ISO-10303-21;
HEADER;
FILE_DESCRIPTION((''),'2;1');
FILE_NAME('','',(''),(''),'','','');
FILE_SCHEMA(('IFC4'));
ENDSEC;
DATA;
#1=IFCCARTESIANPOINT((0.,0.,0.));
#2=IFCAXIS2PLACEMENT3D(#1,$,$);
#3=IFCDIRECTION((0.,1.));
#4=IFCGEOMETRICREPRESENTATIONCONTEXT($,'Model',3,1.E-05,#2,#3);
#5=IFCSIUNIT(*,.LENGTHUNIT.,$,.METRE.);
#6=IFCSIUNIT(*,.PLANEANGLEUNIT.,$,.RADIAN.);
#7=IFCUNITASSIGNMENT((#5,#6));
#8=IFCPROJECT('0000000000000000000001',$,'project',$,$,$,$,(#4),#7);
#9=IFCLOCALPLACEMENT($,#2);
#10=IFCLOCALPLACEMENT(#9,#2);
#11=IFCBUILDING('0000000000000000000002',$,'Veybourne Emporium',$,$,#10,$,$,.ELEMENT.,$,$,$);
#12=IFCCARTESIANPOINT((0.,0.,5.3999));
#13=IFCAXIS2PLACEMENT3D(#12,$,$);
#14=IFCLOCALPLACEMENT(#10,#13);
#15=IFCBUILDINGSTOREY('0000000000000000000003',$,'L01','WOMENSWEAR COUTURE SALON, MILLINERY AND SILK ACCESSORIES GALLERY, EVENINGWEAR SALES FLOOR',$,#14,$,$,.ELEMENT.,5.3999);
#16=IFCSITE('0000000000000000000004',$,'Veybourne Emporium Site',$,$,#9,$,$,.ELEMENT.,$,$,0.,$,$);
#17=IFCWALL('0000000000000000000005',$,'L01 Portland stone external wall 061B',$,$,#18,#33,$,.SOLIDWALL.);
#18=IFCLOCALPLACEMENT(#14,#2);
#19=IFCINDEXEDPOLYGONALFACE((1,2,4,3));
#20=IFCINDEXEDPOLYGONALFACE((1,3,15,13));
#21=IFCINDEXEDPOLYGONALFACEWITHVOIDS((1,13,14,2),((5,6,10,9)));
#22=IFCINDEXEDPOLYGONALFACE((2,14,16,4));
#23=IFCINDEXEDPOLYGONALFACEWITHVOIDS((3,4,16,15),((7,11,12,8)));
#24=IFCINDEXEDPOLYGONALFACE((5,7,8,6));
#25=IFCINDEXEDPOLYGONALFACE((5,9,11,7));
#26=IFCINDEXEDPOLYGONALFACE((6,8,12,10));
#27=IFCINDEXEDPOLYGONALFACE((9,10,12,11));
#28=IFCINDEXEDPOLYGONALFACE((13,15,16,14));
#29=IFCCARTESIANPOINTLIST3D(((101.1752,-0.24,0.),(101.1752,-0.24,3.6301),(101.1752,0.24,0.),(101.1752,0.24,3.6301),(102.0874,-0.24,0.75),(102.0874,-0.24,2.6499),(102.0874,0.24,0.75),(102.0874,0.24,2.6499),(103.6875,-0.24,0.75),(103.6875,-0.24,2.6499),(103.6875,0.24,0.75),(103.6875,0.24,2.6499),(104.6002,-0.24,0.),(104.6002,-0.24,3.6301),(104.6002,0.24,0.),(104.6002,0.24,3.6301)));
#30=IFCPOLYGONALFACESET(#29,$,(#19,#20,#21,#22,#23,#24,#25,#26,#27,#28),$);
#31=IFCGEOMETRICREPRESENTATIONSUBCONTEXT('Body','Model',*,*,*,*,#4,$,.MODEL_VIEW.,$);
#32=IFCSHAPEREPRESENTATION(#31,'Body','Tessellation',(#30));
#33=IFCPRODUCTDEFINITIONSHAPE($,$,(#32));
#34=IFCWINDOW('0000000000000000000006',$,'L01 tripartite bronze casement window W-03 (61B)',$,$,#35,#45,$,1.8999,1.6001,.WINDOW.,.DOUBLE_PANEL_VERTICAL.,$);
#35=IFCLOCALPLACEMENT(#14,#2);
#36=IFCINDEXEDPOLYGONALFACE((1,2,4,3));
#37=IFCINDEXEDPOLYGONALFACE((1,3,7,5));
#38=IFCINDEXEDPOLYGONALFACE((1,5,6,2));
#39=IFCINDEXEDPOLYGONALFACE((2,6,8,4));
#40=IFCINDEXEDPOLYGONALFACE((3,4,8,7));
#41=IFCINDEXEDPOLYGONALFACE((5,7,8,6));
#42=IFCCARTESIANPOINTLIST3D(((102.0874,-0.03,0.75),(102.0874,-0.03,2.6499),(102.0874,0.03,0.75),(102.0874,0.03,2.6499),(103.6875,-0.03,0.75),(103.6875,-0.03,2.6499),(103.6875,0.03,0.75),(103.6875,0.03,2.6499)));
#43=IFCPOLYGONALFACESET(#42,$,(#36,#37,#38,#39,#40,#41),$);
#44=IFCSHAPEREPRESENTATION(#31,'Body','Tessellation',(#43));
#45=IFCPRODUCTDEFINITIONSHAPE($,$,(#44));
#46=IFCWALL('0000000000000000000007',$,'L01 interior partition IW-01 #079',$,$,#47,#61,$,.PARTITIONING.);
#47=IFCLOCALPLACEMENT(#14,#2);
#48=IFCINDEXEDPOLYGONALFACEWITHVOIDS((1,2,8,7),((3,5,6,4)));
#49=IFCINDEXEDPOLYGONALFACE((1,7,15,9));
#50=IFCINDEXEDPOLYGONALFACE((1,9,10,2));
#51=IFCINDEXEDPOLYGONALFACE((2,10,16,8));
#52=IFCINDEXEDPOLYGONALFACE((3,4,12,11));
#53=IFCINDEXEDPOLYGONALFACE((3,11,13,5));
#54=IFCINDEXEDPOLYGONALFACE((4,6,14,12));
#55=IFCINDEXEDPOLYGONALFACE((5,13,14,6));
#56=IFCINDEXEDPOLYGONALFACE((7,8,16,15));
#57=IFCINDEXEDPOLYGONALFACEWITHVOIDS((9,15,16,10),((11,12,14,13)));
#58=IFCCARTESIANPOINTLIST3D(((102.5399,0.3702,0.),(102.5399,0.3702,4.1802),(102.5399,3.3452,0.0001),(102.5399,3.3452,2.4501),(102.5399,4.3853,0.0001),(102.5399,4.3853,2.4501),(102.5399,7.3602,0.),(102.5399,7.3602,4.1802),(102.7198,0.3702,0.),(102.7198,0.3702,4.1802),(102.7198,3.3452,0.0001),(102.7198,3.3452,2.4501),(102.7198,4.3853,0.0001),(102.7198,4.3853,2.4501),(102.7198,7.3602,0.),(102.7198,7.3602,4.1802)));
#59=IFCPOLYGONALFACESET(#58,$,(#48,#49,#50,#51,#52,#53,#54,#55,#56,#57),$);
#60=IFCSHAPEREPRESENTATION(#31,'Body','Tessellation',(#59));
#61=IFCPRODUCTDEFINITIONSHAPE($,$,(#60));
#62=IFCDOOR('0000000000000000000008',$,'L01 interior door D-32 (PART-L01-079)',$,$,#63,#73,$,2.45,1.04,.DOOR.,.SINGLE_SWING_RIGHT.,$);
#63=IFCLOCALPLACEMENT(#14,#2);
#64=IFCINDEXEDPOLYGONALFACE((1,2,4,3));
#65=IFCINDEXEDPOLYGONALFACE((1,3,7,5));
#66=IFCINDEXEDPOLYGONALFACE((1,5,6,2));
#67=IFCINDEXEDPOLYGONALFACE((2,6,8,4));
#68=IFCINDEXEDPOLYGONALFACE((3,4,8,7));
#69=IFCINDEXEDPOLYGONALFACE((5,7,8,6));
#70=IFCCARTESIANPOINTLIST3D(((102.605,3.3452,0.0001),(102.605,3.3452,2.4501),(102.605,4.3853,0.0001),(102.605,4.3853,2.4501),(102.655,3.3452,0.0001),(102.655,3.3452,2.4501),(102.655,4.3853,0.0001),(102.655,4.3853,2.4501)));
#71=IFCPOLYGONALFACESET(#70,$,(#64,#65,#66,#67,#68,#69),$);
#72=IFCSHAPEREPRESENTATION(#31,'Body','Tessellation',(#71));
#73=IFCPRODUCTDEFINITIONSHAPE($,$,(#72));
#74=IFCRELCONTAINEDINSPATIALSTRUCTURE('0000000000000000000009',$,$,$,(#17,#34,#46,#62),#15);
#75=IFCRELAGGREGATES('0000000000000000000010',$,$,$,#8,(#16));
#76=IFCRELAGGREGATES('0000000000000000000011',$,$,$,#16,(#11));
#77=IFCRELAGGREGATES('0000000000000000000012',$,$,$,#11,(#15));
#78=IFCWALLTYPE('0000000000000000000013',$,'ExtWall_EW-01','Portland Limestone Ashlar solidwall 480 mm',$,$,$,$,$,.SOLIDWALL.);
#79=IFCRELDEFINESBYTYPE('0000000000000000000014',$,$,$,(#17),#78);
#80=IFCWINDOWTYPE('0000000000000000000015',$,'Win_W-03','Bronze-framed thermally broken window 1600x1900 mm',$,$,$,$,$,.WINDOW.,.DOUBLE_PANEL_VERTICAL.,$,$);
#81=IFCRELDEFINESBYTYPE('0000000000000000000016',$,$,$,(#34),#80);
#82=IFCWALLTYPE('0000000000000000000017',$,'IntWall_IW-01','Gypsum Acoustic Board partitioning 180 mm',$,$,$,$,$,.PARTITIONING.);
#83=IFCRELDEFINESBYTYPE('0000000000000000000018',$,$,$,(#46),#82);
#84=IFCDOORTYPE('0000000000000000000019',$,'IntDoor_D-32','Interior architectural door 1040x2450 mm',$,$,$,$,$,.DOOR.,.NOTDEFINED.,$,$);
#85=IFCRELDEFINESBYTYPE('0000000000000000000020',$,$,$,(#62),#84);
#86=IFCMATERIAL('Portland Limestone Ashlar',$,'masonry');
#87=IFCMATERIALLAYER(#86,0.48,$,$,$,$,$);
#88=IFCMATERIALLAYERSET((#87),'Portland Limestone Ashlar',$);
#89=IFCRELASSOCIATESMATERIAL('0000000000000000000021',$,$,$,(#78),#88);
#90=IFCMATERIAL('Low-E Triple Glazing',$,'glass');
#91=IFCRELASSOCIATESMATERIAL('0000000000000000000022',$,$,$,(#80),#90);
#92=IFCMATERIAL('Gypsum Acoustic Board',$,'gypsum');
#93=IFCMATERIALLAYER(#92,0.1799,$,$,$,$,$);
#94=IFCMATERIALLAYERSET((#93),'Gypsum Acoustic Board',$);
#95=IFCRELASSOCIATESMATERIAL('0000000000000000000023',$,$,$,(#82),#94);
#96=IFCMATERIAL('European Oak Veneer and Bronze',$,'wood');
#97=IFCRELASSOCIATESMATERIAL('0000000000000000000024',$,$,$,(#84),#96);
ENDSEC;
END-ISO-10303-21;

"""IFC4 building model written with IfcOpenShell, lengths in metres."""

from ifc_helpers import new_model, si_unit, direction, frame, frame_2d, origin, place, context, subcontext, project, spatial, rectangle, extrude, material, layer, layer_set, type_object, element, fill, save


model = new_model("IFC4")

# Units and contexts
model_context = context("Model", 3, precision=1e-05, world=origin(), true_north=direction((0.0, 1.0)))
body_context = subcontext(model_context, "Body", "Model", "MODEL_VIEW")
ifc_project = project(units=[si_unit("LENGTHUNIT", "METRE"), si_unit("PLANEANGLEUNIT", "RADIAN")], contexts=[model_context])

# Site, building, storey
site_placement = place(None, origin())
site = spatial("IfcSite", under=ifc_project, at=site_placement, Name="Veybourne Emporium Site", CompositionType="ELEMENT", RefElevation=0.0)
building_placement = place(site_placement, origin())
building = spatial("IfcBuilding", under=site, at=building_placement, Name="Veybourne Emporium", CompositionType="ELEMENT")
storey_placement = place(building_placement, frame((0.0, 0.0, 5.3999)))
storey = spatial("IfcBuildingStorey", under=building, at=storey_placement, Name="L01", Description="WOMENSWEAR COUTURE SALON, MILLINERY AND SILK ACCESSORIES GALLERY, EVENINGWEAR SALES FLOOR", CompositionType="ELEMENT", Elevation=5.3999)

# Shared definitions
ifc_material_1 = material(Name="Low-E Triple Glazing", Category="glass")

# Wall, opening, window
ifc_material_2 = material(Name="Portland Limestone Ashlar", Category="masonry")
ifc_layer_1 = layer(ifc_material_2, 0.48)
ifc_layer_set_1 = layer_set([ifc_layer_1], Name="Portland Limestone Ashlar")
wall_type_1 = type_object("IfcWallType", Name="ExtWall_EW-01", Description="Portland Limestone Ashlar solidwall 480 mm", PredefinedType="SOLIDWALL", material=ifc_layer_set_1)
wall_1_placement = place(storey_placement, frame((104.6001, 0.0, 0.0), z_axis=(0.0, 0.0, 1.0), x_axis=(-1.0, 0.0, 0.0)))
wall_1 = element("IfcWall", 1, at=wall_1_placement, inside=storey, type_object=wall_type_1, Name="L01 Portland stone external wall 061B", PredefinedType="SOLIDWALL", context=body_context, shape_type="SweptSolid", body=[
    extrude(rectangle(XDim=3.425, YDim=0.48, at=frame_2d((1.7124, 0.0))), origin(), (0.0, 0.0, 1.0), 3.6301),
])
opening_1_placement = place(wall_1_placement, frame((0.9126, 0.0, 0.75)))
opening_1 = element("IfcOpeningElement", 2, at=opening_1_placement, cuts=wall_1, PredefinedType="OPENING", context=body_context, shape_type="SweptSolid", body=[
    extrude(rectangle(XDim=1.6001, YDim=1.8999, at=frame_2d((0.8, 0.95))), frame((0.0, 0.26, 0.0), z_axis=(0.0, -1.0, 0.0), x_axis=(1.0, 0.0, 0.0)), (0.0, 0.0, 1.0), 0.52),
])
window_type = type_object("IfcWindowType", Name="Win_W-03", Description="Bronze-framed thermally broken window 1600x1900 mm", PartitioningType="DOUBLE_PANEL_VERTICAL", PredefinedType="WINDOW", material=ifc_material_1)
window_placement = place(opening_1_placement, origin())
window = element("IfcWindow", 3, at=window_placement, inside=storey, type_object=window_type, Name="L01 tripartite bronze casement window W-03 (61B)", OverallHeight=1.8999, OverallWidth=1.6001, PartitioningType="DOUBLE_PANEL_VERTICAL", PredefinedType="WINDOW", context=body_context, shape_type="SweptSolid", body=[
    extrude(rectangle(XDim=1.6001, YDim=1.8999, at=frame_2d((0.8, 0.95))), frame((0.0, 0.03, 0.0), z_axis=(0.0, -1.0, 0.0), x_axis=(1.0, 0.0, 0.0)), (0.0, 0.0, 1.0), 0.0601),
])
fill(opening_1, window)

# Wall, opening, door
ifc_material_3 = material(Name="Gypsum Acoustic Board", Category="gypsum")
ifc_layer_2 = layer(ifc_material_3, 0.1799)
ifc_layer_set_2 = layer_set([ifc_layer_2], Name="Gypsum Acoustic Board")
wall_type_2 = type_object("IfcWallType", Name="IntWall_IW-01", Description="Gypsum Acoustic Board partitioning 180 mm", PredefinedType="PARTITIONING", material=ifc_layer_set_2)
wall_2_placement = place(storey_placement, frame((102.6299, 0.3701, 0.0), z_axis=(0.0, 0.0, 1.0), x_axis=(0.0, 1.0, 0.0)))
wall_2 = element("IfcWall", 4, at=wall_2_placement, inside=storey, type_object=wall_type_2, Name="L01 interior partition IW-01 #079", PredefinedType="PARTITIONING", context=body_context, shape_type="SweptSolid", body=[
    extrude(rectangle(XDim=6.99, YDim=0.1799, at=frame_2d((3.4951, 0.0))), origin(), (0.0, 0.0, 1.0), 4.1802),
])
opening_2_placement = place(wall_2_placement, frame((2.9751, 0.0, 0.0)))
opening_2 = element("IfcOpeningElement", 5, at=opening_2_placement, cuts=wall_2, PredefinedType="OPENING", context=body_context, shape_type="SweptSolid", body=[
    extrude(rectangle(XDim=1.04, YDim=2.45, at=frame_2d((0.52, 1.2251))), frame((0.0, 0.1099, 0.0), z_axis=(0.0, -1.0, 0.0), x_axis=(1.0, 0.0, 0.0)), (0.0, 0.0, 1.0), 0.22),
])
ifc_material_4 = material(Name="European Oak Veneer and Bronze", Category="wood")
door_type = type_object("IfcDoorType", Name="IntDoor_D-32", Description="Interior architectural door 1040x2450 mm", OperationType="NOTDEFINED", PredefinedType="DOOR", material=ifc_material_4)
door_placement = place(opening_2_placement, origin())
door = element("IfcDoor", 6, at=door_placement, inside=storey, type_object=door_type, Name="L01 interior door D-32 (PART-L01-079)", OperationType="SINGLE_SWING_RIGHT", OverallHeight=2.45, OverallWidth=1.04, PredefinedType="DOOR", context=body_context, shape_type="SweptSolid", body=[
    extrude(rectangle(XDim=1.04, YDim=2.45, at=frame_2d((0.52, 1.2251))), frame((0.0, 0.0249, 0.0), z_axis=(0.0, -1.0, 0.0), x_axis=(1.0, 0.0, 0.0)), (0.0, 0.0, 1.0), 0.05),
])
fill(opening_2, door)

save(model, "model.ifc")
